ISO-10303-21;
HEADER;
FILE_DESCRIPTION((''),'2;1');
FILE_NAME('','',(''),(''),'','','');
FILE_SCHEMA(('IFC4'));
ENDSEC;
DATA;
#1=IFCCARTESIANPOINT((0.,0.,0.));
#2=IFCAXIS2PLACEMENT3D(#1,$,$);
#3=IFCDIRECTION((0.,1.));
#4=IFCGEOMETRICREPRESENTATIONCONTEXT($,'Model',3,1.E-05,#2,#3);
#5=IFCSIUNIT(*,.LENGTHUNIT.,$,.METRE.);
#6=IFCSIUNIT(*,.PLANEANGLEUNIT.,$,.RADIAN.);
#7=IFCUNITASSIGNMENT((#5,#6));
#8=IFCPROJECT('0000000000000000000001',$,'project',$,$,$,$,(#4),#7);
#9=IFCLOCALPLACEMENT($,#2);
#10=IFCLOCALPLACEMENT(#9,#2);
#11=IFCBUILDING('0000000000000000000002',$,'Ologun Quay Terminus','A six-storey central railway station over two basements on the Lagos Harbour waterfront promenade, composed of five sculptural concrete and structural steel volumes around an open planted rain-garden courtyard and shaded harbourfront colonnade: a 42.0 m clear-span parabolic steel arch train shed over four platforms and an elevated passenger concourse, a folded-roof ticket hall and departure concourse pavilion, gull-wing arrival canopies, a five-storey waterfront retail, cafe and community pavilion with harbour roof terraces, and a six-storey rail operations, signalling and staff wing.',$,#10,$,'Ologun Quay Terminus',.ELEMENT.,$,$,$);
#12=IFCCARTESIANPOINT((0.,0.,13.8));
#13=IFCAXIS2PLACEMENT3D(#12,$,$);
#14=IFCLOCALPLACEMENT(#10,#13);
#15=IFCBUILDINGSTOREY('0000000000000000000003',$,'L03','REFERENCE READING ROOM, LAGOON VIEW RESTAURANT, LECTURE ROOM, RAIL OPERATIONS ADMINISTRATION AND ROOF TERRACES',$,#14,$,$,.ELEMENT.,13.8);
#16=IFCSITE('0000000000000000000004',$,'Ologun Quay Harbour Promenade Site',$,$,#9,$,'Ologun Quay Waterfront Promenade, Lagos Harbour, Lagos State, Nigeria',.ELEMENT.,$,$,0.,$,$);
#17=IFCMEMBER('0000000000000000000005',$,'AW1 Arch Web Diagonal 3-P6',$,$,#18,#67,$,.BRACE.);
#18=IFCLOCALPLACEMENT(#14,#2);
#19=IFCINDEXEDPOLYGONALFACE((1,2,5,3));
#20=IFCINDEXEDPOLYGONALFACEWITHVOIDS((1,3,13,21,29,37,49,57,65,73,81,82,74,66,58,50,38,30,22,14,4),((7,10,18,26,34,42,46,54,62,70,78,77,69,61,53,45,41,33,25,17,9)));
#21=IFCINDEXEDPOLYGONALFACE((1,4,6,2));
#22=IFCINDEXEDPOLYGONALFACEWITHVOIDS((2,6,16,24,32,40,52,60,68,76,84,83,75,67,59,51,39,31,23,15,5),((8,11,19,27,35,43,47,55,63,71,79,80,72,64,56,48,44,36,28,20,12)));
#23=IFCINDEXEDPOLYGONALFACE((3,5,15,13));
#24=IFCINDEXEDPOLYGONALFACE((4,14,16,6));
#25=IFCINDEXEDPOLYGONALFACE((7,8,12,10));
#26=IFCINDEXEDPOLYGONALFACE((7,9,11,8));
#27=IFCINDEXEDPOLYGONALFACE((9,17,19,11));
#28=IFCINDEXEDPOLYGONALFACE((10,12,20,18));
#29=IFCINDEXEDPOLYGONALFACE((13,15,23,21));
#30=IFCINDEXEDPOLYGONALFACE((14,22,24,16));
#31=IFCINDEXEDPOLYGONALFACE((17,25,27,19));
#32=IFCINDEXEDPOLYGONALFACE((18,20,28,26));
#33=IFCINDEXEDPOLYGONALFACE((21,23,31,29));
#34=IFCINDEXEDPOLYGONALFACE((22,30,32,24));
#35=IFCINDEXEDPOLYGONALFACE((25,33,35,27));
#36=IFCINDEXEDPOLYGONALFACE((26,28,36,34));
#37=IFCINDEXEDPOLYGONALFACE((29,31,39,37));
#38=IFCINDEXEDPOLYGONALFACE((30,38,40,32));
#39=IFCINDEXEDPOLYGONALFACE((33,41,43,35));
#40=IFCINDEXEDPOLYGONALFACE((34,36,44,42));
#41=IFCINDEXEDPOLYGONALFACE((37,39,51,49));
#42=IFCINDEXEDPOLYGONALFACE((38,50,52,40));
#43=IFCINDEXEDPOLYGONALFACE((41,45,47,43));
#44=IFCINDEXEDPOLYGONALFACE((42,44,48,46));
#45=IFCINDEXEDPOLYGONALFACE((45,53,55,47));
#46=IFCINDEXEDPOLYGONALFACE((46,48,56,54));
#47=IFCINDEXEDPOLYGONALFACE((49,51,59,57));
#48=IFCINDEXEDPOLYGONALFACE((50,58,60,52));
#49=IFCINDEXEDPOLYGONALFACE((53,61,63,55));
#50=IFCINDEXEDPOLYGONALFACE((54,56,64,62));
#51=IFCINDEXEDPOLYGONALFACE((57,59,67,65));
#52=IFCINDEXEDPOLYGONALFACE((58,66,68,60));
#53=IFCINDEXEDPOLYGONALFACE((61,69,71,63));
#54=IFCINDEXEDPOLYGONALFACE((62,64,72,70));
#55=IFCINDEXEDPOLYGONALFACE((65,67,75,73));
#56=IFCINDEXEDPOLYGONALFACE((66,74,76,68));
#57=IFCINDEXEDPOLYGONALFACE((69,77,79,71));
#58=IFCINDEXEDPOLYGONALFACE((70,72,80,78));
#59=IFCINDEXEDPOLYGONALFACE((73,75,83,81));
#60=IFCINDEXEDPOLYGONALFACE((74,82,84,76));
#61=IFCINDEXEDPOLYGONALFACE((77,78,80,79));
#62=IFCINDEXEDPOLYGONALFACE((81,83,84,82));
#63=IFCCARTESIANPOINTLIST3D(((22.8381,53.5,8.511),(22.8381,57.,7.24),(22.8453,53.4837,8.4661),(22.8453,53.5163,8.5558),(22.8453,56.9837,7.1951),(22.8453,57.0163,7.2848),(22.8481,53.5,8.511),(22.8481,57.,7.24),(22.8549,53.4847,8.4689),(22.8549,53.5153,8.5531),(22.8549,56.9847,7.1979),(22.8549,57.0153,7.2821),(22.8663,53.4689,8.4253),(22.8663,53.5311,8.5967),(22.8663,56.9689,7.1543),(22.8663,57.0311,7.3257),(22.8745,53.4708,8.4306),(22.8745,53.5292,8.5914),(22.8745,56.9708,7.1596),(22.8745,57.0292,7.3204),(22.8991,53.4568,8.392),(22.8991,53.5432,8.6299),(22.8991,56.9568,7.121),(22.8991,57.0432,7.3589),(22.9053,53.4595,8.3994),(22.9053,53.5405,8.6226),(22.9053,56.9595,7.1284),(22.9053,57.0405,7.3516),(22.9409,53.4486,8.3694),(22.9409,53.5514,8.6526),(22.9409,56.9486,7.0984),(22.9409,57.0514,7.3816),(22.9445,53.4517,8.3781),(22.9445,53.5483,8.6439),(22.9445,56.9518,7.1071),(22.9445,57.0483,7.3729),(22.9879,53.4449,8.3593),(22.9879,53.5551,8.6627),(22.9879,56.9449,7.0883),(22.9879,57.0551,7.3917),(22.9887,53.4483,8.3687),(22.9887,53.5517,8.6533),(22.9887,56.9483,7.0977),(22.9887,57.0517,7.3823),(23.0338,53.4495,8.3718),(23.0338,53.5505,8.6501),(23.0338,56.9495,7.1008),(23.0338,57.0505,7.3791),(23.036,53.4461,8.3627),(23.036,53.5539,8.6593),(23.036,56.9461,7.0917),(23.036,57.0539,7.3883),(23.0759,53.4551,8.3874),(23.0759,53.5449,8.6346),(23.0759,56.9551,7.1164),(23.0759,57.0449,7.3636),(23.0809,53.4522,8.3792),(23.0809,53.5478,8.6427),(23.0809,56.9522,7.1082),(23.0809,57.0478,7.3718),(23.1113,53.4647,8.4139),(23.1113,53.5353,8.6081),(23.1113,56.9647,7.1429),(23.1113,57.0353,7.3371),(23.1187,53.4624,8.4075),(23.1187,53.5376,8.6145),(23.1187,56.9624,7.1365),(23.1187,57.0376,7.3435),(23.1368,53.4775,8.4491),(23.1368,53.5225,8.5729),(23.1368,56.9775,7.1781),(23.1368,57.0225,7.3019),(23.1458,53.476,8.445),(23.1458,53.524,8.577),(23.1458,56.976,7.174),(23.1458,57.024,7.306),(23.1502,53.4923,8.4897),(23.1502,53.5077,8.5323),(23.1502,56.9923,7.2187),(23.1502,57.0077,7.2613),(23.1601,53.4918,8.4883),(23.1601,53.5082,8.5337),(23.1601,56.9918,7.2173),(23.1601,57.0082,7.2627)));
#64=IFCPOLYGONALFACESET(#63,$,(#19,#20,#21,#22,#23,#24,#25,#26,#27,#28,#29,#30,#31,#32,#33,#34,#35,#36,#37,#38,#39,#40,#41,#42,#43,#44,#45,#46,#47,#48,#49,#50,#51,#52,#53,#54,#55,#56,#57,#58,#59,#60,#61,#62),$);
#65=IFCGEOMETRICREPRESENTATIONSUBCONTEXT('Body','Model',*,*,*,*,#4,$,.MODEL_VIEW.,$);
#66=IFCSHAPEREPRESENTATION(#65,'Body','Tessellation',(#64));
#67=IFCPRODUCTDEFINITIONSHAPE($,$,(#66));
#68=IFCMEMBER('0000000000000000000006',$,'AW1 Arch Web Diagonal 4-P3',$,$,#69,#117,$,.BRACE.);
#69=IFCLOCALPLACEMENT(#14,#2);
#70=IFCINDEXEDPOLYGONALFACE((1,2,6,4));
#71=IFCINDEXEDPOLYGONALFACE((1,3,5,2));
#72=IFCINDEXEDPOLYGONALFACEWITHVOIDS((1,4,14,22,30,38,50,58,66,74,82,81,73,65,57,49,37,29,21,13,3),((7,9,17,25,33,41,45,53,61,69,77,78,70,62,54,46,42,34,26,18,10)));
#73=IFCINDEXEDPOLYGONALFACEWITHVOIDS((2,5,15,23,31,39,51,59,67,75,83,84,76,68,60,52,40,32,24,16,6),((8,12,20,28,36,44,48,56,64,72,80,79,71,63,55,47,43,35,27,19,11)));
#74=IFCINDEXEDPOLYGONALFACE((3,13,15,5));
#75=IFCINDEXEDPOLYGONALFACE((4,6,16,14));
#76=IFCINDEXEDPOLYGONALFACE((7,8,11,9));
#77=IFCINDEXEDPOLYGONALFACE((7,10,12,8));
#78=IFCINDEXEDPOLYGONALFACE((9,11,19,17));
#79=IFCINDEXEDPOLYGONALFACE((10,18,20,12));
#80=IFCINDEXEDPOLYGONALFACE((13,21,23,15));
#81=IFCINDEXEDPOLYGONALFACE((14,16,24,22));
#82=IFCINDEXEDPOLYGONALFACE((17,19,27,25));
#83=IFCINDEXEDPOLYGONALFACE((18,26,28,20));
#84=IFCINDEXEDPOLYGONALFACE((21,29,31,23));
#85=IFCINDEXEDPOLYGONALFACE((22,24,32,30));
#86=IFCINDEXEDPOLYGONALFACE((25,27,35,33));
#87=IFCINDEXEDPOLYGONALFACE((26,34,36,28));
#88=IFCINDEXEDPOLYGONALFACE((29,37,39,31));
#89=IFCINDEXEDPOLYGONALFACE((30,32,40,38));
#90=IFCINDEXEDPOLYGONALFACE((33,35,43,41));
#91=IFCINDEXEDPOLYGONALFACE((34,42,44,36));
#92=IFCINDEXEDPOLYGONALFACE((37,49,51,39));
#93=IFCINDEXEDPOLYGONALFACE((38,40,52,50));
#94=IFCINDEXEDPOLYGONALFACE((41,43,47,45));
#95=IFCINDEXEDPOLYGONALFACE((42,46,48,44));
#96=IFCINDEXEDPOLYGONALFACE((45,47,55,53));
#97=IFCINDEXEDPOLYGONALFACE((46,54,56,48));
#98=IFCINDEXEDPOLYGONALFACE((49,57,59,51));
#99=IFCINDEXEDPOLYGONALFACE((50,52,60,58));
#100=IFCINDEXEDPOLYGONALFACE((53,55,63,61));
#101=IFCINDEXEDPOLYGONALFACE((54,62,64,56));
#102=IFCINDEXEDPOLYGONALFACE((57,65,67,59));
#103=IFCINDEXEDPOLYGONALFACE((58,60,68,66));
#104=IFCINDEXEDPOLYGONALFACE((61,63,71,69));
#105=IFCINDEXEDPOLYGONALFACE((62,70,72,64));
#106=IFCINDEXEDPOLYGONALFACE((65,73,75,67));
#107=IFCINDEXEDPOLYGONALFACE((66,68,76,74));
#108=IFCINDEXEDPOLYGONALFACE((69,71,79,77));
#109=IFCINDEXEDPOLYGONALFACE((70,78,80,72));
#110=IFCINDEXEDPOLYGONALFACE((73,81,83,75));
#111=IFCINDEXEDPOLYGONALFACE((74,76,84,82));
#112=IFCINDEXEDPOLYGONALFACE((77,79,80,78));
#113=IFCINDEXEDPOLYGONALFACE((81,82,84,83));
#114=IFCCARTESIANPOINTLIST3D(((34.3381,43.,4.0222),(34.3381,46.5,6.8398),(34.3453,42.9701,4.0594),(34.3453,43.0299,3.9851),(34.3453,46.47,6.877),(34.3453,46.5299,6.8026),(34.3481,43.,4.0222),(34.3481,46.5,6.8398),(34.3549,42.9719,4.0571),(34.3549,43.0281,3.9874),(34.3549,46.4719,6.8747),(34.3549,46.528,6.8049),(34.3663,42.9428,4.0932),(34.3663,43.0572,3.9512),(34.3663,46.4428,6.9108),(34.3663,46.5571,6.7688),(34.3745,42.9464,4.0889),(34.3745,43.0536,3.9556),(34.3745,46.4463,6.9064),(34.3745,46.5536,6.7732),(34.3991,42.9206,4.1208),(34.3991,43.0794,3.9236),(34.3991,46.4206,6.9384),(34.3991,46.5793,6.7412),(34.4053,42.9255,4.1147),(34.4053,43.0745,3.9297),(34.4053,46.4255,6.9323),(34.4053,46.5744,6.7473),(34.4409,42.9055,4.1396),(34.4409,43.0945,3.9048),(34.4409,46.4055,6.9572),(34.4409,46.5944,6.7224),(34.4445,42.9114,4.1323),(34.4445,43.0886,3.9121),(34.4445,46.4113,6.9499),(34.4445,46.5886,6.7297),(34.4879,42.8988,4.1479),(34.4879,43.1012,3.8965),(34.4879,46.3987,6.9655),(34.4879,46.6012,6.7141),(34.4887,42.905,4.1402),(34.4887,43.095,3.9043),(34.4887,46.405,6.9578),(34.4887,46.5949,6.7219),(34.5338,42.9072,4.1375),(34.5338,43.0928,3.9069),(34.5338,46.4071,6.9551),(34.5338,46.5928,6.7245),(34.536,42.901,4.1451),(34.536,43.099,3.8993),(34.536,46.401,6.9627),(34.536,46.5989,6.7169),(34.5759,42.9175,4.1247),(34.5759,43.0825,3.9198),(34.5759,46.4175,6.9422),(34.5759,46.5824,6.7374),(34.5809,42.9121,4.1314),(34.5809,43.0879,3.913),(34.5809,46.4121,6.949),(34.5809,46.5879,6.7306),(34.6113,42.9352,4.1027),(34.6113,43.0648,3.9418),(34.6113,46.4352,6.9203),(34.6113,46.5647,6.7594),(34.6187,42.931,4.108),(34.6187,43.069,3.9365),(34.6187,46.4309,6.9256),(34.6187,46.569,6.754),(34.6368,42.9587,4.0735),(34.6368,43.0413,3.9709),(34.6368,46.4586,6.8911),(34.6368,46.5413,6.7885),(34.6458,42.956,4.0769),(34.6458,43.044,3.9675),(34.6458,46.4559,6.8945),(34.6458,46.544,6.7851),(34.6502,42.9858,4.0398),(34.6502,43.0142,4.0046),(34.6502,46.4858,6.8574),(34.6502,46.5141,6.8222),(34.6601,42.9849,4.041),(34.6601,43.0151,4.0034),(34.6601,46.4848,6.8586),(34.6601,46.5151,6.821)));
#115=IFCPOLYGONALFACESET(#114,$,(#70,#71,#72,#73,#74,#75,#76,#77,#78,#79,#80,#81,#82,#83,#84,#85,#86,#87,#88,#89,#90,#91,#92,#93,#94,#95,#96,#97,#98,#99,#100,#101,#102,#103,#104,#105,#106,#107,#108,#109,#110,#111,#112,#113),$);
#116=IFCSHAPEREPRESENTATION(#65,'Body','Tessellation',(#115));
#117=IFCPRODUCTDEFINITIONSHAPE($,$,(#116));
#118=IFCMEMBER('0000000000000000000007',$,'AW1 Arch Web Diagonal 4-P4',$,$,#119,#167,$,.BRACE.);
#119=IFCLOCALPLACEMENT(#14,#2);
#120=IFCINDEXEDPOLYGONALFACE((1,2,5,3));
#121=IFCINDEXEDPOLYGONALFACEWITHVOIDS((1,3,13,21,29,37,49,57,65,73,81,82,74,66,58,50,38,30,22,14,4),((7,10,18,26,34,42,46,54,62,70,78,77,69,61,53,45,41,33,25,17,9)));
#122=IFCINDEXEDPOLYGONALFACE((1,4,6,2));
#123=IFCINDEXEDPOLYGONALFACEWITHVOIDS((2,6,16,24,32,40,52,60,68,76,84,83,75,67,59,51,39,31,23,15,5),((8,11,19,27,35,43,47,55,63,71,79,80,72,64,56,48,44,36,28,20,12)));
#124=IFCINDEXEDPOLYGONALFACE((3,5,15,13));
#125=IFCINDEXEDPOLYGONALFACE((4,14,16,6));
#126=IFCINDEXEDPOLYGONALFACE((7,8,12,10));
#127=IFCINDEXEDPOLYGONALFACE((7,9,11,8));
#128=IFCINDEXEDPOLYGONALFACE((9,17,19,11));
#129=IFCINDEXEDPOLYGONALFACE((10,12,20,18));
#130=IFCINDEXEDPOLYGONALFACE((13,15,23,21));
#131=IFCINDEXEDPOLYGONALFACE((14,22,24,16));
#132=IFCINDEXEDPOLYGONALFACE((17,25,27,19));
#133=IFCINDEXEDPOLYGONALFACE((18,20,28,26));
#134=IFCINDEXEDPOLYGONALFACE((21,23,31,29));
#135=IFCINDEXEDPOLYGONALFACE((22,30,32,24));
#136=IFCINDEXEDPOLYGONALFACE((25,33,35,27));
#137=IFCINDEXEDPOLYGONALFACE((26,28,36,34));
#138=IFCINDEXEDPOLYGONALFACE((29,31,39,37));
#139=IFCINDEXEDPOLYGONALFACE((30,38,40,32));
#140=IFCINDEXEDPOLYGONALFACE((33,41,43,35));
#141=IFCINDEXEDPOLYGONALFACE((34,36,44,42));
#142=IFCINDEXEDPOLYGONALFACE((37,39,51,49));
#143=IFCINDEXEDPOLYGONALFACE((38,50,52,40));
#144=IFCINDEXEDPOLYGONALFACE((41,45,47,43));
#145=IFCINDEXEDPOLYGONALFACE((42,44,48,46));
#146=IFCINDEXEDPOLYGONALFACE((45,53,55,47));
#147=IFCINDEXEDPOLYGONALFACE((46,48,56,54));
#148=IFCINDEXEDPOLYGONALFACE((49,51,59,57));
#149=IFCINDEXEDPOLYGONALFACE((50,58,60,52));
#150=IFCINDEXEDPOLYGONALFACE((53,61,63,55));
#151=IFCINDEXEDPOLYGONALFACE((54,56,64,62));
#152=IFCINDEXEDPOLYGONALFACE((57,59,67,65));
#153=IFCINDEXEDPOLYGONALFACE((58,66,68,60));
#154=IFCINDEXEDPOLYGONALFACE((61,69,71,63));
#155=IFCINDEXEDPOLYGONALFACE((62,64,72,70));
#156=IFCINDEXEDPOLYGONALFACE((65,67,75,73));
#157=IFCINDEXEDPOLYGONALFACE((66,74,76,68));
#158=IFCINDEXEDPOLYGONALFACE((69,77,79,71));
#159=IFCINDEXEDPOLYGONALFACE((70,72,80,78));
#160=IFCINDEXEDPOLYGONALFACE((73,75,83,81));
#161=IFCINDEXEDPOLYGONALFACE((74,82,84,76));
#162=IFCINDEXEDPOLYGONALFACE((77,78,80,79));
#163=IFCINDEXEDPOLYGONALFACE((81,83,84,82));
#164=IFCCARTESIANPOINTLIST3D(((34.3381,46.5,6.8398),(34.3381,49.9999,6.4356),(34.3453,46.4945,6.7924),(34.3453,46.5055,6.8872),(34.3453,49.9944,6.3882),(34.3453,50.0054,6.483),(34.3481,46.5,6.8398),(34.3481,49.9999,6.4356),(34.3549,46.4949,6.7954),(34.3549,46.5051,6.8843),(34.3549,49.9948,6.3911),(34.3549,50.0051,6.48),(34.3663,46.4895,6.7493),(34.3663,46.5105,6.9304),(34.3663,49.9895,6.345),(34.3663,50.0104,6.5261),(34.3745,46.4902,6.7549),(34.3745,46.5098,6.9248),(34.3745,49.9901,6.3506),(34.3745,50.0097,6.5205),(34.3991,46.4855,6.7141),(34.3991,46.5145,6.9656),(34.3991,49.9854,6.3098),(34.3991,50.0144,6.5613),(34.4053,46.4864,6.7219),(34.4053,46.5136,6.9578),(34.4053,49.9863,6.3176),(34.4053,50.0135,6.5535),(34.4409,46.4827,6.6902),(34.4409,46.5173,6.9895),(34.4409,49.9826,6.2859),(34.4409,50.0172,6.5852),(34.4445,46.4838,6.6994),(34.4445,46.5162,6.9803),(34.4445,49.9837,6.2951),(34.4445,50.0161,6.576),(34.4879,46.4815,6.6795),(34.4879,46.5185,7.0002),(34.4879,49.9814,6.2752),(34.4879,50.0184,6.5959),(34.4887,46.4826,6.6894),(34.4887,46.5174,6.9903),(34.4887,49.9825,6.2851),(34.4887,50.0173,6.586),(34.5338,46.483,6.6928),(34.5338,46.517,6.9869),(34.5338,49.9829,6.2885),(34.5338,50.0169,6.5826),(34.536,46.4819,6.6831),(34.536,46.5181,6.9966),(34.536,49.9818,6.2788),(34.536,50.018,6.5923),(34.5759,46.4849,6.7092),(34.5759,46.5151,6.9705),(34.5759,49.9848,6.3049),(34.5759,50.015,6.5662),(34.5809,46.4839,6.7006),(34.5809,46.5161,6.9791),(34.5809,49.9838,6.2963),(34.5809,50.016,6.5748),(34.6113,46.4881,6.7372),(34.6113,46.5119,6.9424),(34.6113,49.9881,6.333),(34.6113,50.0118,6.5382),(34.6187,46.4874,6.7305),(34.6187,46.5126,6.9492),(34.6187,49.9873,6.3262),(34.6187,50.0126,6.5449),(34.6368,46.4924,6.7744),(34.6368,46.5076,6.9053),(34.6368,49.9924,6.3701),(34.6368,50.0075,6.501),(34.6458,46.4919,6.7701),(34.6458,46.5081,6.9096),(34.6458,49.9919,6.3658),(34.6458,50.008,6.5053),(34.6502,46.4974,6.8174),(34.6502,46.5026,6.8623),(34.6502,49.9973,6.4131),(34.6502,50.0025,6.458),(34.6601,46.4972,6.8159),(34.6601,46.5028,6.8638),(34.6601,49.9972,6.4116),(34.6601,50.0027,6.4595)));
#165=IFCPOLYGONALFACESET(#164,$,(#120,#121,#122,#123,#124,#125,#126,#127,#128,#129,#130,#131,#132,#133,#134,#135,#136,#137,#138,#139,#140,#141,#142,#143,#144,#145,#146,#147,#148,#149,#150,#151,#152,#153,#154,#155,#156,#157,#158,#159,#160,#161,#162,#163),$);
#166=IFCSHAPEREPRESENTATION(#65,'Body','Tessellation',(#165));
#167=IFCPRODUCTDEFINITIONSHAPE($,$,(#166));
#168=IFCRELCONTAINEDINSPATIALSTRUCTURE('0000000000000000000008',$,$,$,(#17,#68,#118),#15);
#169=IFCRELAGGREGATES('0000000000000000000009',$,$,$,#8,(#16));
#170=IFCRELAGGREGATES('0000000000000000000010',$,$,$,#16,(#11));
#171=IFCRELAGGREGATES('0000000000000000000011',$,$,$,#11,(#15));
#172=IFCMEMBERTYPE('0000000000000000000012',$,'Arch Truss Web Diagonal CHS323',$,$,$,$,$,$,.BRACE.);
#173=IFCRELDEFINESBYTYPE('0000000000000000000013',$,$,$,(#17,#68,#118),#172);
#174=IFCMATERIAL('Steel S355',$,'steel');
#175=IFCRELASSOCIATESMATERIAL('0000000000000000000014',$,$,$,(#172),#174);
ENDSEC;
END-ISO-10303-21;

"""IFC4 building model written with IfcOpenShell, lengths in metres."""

from ifc_helpers import new_model, si_unit, direction, frame, origin, origin_2d, place, context, subcontext, project, spatial, hollow_circle, extrude, material, material_profile, profile_set, type_object, element, save


model = new_model("IFC4")

# Units and contexts
model_context = context("Model", 3, precision=1e-05, world=origin(), true_north=direction((0.0, 1.0)))
body_context = subcontext(model_context, "Body", "Model", "MODEL_VIEW")
ifc_project = project(units=[si_unit("LENGTHUNIT", "METRE"), si_unit("PLANEANGLEUNIT", "RADIAN")], contexts=[model_context])

# Site, building, storey
site_placement = place(None, origin())
site = spatial("IfcSite", under=ifc_project, at=site_placement, Name="Ologun Quay Harbour Promenade Site", LongName="Ologun Quay Waterfront Promenade, Lagos Harbour, Lagos State, Nigeria", CompositionType="ELEMENT", RefElevation=0.0)
building_placement = place(site_placement, origin())
building = spatial("IfcBuilding", under=site, at=building_placement, Name="Ologun Quay Terminus", Description="A six-storey central railway station over two basements on the Lagos Harbour waterfront promenade, composed of five sculptural concrete and structural steel volumes around an open planted rain-garden courtyard and shaded harbourfront colonnade: a 42.0 m clear-span parabolic steel arch train shed over four platforms and an elevated passenger concourse, a folded-roof ticket hall and departure concourse pavilion, gull-wing arrival canopies, a five-storey waterfront retail, cafe and community pavilion with harbour roof terraces, and a six-storey rail operations, signalling and staff wing.", LongName="Ologun Quay Terminus", CompositionType="ELEMENT")
storey_placement = place(building_placement, frame((0.0, 0.0, 13.8)))
storey = spatial("IfcBuildingStorey", under=building, at=storey_placement, Name="L03", Description="REFERENCE READING ROOM, LAGOON VIEW RESTAURANT, LECTURE ROOM, RAIL OPERATIONS ADMINISTRATION AND ROOF TERRACES", CompositionType="ELEMENT", Elevation=13.8)

# Members
ifc_material_1 = material(Name="Steel S355", Category="steel")
ifc_material_profile_1 = material_profile(ifc_material_1, hollow_circle(Radius=0.1619, WallThickness=0.01, at=origin_2d()), Name="CHS 323.9x10")
ifc_profile_set_1 = profile_set([ifc_material_profile_1], Name="Steel S355")
member_type_1 = type_object("IfcMemberType", Name="Arch Truss Web Diagonal CHS323", PredefinedType="BRACE", material=ifc_profile_set_1)
member_1_placement = place(storey_placement, frame((23.0, 53.5, 8.511), z_axis=(0.0, 0.939943, -0.341332), x_axis=(-1.0, 0.0, 0.0)))
element("IfcMember", 1, at=member_1_placement, inside=storey, type_object=member_type_1, Name="AW1 Arch Web Diagonal 3-P6", PredefinedType="BRACE", context=body_context, shape_type="SweptSolid", body=[
    extrude(hollow_circle(Radius=0.1619, WallThickness=0.01, at=origin_2d()), origin(), (0.0, 0.0, 1.0), 3.7236),
])
member_2_placement = place(storey_placement, frame((34.5, 43.0, 4.0222), z_axis=(0.0, 0.778951, 0.627084), x_axis=(-1.0, 0.0, 0.0)))
element("IfcMember", 2, at=member_2_placement, inside=storey, type_object=member_type_1, Name="AW1 Arch Web Diagonal 4-P3", PredefinedType="BRACE", context=body_context, shape_type="SweptSolid", body=[
    extrude(hollow_circle(Radius=0.1619, WallThickness=0.01, at=origin_2d()), origin(), (0.0, 0.0, 1.0), 4.4932),
])
member_3_placement = place(storey_placement, frame((34.5, 46.5, 6.8398), z_axis=(0.0, 0.993394, -0.11475), x_axis=(-1.0, 0.0, 0.0)))
element("IfcMember", 3, at=member_3_placement, inside=storey, type_object=member_type_1, Name="AW1 Arch Web Diagonal 4-P4", PredefinedType="BRACE", context=body_context, shape_type="SweptSolid", body=[
    extrude(hollow_circle(Radius=0.1619, WallThickness=0.01, at=origin_2d()), origin(), (0.0, 0.0, 1.0), 3.5232),
])

save(model, "model.ifc")
